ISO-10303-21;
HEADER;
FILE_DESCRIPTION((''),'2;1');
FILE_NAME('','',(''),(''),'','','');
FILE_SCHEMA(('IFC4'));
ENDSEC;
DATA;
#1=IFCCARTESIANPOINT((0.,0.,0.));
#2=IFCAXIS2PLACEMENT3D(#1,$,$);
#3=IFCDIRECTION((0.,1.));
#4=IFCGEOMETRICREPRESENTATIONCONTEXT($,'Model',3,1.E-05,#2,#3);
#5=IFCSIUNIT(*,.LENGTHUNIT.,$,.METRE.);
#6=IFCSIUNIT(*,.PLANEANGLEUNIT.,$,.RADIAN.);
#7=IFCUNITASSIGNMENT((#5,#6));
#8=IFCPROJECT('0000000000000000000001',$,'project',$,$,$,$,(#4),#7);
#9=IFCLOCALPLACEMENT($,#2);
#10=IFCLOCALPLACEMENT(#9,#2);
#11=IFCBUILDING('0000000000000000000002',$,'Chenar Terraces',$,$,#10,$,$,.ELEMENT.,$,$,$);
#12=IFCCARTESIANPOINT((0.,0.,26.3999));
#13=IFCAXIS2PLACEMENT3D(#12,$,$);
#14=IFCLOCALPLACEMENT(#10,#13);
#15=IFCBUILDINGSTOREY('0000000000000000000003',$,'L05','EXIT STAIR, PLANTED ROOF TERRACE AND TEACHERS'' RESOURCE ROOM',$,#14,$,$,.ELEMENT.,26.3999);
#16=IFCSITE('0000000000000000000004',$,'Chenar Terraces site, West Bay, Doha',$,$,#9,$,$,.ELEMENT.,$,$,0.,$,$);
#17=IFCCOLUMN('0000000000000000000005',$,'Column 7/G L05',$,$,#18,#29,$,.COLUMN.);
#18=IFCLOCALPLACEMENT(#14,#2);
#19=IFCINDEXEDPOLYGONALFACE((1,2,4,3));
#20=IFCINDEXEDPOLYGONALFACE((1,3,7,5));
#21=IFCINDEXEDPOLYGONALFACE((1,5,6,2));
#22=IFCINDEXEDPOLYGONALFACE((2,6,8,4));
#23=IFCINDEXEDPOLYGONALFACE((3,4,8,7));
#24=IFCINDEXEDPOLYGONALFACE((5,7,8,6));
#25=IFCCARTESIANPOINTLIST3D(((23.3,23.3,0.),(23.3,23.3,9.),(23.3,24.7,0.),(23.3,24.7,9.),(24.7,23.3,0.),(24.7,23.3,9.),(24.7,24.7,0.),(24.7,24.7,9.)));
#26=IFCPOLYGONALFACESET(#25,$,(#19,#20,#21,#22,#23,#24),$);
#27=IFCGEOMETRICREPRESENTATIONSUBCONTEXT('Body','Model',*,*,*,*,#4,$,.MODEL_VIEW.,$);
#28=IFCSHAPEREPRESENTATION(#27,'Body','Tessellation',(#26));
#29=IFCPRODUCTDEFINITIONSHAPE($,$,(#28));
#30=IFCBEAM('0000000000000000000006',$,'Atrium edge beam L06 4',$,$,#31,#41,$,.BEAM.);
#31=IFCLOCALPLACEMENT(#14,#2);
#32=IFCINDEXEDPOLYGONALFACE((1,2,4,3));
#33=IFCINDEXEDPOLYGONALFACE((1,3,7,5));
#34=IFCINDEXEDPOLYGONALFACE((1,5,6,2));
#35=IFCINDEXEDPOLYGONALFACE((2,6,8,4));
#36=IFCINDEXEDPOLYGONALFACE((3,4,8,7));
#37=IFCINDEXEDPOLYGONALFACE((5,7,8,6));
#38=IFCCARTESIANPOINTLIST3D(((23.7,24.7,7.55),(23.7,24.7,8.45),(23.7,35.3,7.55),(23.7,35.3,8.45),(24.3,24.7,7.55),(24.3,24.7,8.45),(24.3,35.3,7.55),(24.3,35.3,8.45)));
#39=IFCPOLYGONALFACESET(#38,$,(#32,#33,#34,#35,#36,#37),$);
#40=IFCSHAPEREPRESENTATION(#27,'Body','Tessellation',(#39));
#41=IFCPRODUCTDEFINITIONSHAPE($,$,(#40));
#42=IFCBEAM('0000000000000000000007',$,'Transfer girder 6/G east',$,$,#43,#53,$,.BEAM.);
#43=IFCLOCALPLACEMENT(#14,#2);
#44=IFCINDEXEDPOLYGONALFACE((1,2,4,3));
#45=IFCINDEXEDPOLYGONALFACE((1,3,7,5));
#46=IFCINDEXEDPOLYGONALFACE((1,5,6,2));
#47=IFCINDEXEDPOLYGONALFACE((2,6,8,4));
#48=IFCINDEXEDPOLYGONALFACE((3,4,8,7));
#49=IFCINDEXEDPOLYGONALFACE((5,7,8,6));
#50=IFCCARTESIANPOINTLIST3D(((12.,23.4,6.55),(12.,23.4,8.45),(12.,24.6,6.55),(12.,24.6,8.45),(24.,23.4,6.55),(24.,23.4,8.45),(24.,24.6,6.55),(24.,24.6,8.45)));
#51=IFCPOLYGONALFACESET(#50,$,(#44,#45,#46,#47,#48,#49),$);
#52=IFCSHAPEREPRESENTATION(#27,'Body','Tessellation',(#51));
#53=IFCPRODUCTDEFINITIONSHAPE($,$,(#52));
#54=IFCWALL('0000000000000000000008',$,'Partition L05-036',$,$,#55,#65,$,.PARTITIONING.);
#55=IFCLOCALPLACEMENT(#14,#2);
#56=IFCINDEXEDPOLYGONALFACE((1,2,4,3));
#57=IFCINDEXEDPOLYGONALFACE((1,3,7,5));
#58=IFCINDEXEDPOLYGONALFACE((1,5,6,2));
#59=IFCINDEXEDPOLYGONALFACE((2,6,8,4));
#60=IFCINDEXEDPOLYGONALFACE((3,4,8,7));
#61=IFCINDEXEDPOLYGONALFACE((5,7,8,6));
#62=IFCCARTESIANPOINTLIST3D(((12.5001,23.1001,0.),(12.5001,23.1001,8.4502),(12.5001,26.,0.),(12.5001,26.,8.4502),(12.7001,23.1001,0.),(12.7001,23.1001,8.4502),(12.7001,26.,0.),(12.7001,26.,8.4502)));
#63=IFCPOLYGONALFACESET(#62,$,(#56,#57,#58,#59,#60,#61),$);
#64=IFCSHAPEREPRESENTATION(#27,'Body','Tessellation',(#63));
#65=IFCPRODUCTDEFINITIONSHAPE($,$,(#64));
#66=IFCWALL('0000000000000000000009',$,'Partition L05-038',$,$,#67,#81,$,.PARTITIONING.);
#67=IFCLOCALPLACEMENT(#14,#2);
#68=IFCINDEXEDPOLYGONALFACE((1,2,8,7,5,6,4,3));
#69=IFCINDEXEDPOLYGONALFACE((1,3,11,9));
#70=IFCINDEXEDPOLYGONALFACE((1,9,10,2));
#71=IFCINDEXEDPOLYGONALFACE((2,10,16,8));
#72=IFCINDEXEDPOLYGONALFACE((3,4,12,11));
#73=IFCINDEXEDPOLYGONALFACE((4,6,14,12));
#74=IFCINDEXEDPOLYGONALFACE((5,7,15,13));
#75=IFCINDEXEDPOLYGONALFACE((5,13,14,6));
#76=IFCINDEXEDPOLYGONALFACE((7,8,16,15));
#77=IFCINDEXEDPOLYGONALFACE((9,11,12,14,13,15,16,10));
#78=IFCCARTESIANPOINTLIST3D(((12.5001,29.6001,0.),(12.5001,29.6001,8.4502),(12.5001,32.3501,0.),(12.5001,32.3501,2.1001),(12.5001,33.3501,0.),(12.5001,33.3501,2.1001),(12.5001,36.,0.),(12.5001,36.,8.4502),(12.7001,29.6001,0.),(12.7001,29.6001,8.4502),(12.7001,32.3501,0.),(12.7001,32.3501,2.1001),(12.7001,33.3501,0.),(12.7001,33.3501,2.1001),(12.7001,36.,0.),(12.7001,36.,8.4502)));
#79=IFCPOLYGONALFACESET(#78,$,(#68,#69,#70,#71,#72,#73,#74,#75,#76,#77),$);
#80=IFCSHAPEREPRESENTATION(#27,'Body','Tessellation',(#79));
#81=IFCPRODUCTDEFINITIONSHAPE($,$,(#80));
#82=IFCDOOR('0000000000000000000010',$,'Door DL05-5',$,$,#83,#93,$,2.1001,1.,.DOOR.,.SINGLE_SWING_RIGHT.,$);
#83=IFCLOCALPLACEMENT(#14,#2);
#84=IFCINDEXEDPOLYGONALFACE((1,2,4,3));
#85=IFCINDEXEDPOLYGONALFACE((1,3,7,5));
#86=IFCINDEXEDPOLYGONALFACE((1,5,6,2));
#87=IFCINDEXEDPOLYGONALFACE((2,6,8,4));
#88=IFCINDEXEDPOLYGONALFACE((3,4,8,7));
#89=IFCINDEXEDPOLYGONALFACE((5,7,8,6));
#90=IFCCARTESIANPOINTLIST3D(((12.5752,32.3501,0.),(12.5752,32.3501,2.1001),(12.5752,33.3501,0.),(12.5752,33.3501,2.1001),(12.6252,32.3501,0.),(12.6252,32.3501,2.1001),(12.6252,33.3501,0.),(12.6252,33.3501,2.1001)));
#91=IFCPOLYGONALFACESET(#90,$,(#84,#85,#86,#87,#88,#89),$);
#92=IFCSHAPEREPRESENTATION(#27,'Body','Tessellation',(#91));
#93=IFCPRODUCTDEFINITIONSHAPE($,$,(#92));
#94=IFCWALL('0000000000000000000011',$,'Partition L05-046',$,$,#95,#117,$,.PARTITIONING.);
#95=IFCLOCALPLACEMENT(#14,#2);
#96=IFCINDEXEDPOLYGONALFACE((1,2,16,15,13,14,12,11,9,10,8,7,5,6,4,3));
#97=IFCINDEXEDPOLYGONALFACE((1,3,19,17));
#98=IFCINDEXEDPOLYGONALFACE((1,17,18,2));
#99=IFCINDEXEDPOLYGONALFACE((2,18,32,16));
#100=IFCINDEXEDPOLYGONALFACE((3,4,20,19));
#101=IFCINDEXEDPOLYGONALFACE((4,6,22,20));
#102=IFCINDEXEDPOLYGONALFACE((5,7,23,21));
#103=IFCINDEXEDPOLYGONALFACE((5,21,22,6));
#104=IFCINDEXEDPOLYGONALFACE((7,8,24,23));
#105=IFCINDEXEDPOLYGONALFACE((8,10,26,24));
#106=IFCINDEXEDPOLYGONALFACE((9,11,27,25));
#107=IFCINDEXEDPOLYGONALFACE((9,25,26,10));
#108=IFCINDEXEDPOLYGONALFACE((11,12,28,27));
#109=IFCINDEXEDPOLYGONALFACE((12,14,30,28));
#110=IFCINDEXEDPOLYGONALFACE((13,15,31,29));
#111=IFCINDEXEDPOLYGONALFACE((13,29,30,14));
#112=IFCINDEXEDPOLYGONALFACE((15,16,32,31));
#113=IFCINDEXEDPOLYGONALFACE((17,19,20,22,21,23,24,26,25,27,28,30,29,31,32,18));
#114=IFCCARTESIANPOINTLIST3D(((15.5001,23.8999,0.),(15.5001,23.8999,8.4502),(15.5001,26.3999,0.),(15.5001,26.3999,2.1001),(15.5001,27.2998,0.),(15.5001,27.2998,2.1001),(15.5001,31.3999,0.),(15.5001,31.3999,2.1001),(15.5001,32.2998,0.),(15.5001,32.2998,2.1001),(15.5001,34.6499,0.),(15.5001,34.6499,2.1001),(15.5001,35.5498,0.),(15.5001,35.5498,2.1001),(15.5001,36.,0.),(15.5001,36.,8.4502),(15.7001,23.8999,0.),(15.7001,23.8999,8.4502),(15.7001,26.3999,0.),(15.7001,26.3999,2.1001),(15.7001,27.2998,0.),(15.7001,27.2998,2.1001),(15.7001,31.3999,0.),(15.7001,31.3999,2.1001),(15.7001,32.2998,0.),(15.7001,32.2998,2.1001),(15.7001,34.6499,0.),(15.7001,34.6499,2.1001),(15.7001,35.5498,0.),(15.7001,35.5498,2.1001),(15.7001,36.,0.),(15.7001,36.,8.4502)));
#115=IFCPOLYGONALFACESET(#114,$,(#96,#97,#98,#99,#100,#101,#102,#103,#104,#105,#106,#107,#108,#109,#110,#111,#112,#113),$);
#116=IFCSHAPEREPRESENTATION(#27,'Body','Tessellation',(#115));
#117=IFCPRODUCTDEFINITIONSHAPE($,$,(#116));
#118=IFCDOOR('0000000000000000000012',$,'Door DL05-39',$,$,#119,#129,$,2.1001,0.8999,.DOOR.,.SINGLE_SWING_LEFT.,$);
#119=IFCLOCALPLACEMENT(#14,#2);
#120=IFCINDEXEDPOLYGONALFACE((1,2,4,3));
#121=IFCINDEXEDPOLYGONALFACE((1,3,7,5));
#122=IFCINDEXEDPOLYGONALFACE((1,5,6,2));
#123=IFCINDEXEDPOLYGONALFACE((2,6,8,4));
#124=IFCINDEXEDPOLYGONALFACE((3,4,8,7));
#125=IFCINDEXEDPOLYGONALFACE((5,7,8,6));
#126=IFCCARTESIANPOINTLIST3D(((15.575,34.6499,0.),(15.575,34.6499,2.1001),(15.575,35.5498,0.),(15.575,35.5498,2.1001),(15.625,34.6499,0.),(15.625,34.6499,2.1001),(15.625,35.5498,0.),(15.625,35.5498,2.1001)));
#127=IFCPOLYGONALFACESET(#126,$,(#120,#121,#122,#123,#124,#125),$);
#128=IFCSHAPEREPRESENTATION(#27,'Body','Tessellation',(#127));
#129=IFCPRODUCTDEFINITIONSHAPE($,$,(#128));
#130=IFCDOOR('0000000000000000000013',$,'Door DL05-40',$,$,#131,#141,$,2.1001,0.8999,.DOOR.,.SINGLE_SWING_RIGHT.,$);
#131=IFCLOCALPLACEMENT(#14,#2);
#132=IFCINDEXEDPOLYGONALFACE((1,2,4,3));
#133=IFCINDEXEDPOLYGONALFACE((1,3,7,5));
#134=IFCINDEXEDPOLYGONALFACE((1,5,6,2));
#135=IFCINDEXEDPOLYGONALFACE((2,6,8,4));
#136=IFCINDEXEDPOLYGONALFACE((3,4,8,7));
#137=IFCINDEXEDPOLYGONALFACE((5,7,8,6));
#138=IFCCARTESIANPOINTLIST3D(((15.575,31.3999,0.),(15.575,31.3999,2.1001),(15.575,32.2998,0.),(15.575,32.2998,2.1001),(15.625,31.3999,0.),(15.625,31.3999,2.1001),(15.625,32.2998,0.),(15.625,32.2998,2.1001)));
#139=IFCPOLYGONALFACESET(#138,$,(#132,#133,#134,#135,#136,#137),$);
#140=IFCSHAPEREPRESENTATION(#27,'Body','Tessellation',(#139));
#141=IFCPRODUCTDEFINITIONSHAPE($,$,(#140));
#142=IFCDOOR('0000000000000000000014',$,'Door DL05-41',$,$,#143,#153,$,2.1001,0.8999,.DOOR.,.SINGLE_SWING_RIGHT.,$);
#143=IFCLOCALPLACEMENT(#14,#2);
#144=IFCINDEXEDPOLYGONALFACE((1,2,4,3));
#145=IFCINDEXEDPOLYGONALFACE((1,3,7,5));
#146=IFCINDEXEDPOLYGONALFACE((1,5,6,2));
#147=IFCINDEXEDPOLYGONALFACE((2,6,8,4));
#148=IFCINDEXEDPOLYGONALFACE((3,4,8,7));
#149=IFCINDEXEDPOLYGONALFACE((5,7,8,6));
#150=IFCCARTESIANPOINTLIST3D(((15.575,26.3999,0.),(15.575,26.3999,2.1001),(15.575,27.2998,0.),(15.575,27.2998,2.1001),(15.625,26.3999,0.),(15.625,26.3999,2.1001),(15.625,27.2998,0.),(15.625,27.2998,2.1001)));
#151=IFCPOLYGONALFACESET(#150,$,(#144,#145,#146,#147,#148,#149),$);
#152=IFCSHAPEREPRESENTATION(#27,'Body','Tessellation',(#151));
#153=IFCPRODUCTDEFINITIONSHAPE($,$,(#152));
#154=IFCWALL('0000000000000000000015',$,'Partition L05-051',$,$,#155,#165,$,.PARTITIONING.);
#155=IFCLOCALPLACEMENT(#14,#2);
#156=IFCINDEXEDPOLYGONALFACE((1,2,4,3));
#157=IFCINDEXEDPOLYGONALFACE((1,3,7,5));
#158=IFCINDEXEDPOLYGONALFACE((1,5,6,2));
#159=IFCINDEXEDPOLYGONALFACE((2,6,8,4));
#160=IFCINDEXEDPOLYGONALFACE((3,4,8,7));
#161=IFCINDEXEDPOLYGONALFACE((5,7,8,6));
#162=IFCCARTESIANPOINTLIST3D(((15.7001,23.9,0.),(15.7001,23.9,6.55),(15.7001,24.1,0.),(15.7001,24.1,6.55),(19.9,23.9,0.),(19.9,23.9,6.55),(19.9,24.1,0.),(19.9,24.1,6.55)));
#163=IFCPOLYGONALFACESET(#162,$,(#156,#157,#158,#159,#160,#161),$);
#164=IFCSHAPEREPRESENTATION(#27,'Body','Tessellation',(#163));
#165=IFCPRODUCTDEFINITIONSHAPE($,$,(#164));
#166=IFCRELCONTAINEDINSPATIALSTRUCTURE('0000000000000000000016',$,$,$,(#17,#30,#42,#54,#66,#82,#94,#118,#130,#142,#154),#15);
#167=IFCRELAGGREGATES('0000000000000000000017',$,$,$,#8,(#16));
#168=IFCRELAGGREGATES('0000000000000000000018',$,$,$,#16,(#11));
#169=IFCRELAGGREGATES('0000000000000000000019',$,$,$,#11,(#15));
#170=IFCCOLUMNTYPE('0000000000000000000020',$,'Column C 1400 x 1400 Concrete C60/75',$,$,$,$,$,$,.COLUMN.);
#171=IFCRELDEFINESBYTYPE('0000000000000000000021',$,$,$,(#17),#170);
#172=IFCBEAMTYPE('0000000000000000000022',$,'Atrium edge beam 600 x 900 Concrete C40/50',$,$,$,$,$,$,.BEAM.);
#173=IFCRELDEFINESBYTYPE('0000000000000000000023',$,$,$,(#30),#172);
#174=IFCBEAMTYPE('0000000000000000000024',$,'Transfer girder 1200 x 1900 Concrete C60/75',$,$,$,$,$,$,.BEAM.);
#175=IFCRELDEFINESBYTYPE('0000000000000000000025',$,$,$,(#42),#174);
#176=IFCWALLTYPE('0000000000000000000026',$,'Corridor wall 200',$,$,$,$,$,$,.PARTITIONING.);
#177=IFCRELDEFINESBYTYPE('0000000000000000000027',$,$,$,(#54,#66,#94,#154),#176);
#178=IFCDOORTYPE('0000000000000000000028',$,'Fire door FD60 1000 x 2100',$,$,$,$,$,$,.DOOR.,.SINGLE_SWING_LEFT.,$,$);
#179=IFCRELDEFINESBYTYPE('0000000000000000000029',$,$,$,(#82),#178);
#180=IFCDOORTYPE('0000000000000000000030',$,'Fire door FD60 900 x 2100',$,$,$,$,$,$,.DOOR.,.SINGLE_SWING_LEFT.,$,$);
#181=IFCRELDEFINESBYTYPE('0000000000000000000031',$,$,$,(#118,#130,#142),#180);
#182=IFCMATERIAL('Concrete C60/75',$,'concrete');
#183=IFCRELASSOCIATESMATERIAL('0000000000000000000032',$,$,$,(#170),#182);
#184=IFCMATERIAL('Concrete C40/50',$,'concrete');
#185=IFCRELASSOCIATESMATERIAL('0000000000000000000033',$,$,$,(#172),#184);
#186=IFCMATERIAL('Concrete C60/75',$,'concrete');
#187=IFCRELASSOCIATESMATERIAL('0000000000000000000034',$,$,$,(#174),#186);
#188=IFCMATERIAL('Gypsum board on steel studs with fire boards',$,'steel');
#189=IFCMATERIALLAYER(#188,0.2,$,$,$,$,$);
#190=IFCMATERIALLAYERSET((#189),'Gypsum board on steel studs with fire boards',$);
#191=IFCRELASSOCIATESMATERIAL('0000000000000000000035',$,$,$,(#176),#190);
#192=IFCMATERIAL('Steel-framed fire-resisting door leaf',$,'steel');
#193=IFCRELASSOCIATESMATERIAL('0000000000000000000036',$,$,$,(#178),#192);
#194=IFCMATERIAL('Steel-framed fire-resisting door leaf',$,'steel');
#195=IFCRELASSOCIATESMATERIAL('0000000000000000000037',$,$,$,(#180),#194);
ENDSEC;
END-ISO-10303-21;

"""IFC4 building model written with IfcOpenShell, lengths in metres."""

from ifc_helpers import new_model, si_unit, direction, frame, frame_2d, origin, origin_2d, place, context, subcontext, project, spatial, rectangle, extrude, material, layer, layer_set, material_profile, profile_set, type_object, element, fill, save


model = new_model("IFC4")

# Units and contexts
model_context = context("Model", 3, precision=1e-05, world=origin(), true_north=direction((0.0, 1.0)))
body_context = subcontext(model_context, "Body", "Model", "MODEL_VIEW")
ifc_project = project(units=[si_unit("LENGTHUNIT", "METRE"), si_unit("PLANEANGLEUNIT", "RADIAN")], contexts=[model_context])

# Site, building, storey
site_placement = place(None, origin())
site = spatial("IfcSite", under=ifc_project, at=site_placement, Name="Chenar Terraces site, West Bay, Doha", CompositionType="ELEMENT", RefElevation=0.0)
building_placement = place(site_placement, origin())
building = spatial("IfcBuilding", under=site, at=building_placement, Name="Chenar Terraces", CompositionType="ELEMENT")
storey_placement = place(building_placement, frame((0.0, 0.0, 26.3999)))
storey = spatial("IfcBuildingStorey", under=building, at=storey_placement, Name="L05", Description="EXIT STAIR, PLANTED ROOF TERRACE AND TEACHERS' RESOURCE ROOM", CompositionType="ELEMENT", Elevation=26.3999)

# Column
ifc_material_1 = material(Name="Concrete C60/75", Category="concrete")
ifc_material_profile_1 = material_profile(ifc_material_1, rectangle(XDim=1.3999, YDim=1.3999, at=origin_2d()), Name="C 1400 x 1400")
ifc_profile_set_1 = profile_set([ifc_material_profile_1], Name="Concrete C60/75")
column_type = type_object("IfcColumnType", Name="Column C 1400 x 1400 Concrete C60/75", PredefinedType="COLUMN", material=ifc_profile_set_1)
column_placement = place(storey_placement, frame((24.0, 24.0, 0.0), z_axis=(0.0, 0.0, 1.0), x_axis=(1.0, 0.0, 0.0)))
element("IfcColumn", 1, at=column_placement, inside=storey, type_object=column_type, Name="Column 7/G L05", PredefinedType="COLUMN", context=body_context, shape_type="SweptSolid", body=[
    extrude(rectangle(XDim=1.3999, YDim=1.3999, at=origin_2d()), origin(), (0.0, 0.0, 1.0), 9.0),
])

# Beams
ifc_material_2 = material(Name="Concrete C40/50", Category="concrete")
ifc_material_profile_2 = material_profile(ifc_material_2, rectangle(XDim=0.6001, YDim=0.8999, at=origin_2d()), Name="RC 600 x 900")
ifc_profile_set_2 = profile_set([ifc_material_profile_2], Name="Concrete C40/50")
beam_type_1 = type_object("IfcBeamType", Name="Atrium edge beam 600 x 900 Concrete C40/50", PredefinedType="BEAM", material=ifc_profile_set_2)
beam_1_placement = place(storey_placement, frame((24.0, 35.3, 8.0), z_axis=(0.0, -1.0, 0.0), x_axis=(1.0, 0.0, 0.0)))
element("IfcBeam", 2, at=beam_1_placement, inside=storey, type_object=beam_type_1, Name="Atrium edge beam L06 4", PredefinedType="BEAM", context=body_context, shape_type="SweptSolid", body=[
    extrude(rectangle(XDim=0.6001, YDim=0.8999, at=origin_2d()), origin(), (0.0, 0.0, 1.0), 10.6001),
])
ifc_material_3 = material(Name="Concrete C60/75", Category="concrete")
ifc_material_profile_3 = material_profile(ifc_material_3, rectangle(XDim=1.2, YDim=1.8999, at=origin_2d()), Name="RC 1200 x 1900")
ifc_profile_set_3 = profile_set([ifc_material_profile_3], Name="Concrete C60/75")
beam_type_2 = type_object("IfcBeamType", Name="Transfer girder 1200 x 1900 Concrete C60/75", PredefinedType="BEAM", material=ifc_profile_set_3)
beam_2_placement = place(storey_placement, frame((12.0, 24.0, 8.45), z_axis=(1.0, 0.0, 0.0), x_axis=(0.0, 1.0, 0.0)))
element("IfcBeam", 3, at=beam_2_placement, inside=storey, type_object=beam_type_2, Name="Transfer girder 6/G east", PredefinedType="BEAM", context=body_context, shape_type="SweptSolid", body=[
    extrude(rectangle(XDim=1.2, YDim=1.8999, at=frame_2d((0.0, -0.95))), origin(), (0.0, 0.0, 1.0), 12.0),
])

# Wall
ifc_material_4 = material(Name="Gypsum board on steel studs with fire boards", Category="steel")
ifc_layer_1 = layer(ifc_material_4, 0.2)
ifc_layer_set_1 = layer_set([ifc_layer_1], Name="Gypsum board on steel studs with fire boards")
wall_type_1 = type_object("IfcWallType", Name="Corridor wall 200", PredefinedType="PARTITIONING", material=ifc_layer_set_1)
wall_1_placement = place(storey_placement, frame((12.6001, 23.1001, 0.0), z_axis=(0.0, 0.0, 1.0), x_axis=(0.0, 1.0, 0.0)))
element("IfcWall", 4, at=wall_1_placement, inside=storey, type_object=wall_type_1, Name="Partition L05-036", PredefinedType="PARTITIONING", context=body_context, shape_type="SweptSolid", body=[
    extrude(rectangle(XDim=2.8999, YDim=0.2, at=frame_2d((1.45, 0.0))), origin(), (0.0, 0.0, 1.0), 8.4502),
])

# Wall, opening, door
wall_2_placement = place(storey_placement, frame((12.6001, 29.6001, 0.0), z_axis=(0.0, 0.0, 1.0), x_axis=(0.0, 1.0, 0.0)))
wall_2 = element("IfcWall", 5, at=wall_2_placement, inside=storey, type_object=wall_type_1, Name="Partition L05-038", PredefinedType="PARTITIONING", context=body_context, shape_type="SweptSolid", body=[
    extrude(rectangle(XDim=6.3999, YDim=0.2, at=frame_2d((3.2, 0.0))), origin(), (0.0, 0.0, 1.0), 8.4502),
])
opening_1_placement = place(wall_2_placement, frame((2.75, 0.0, 0.0)))
opening_1 = element("IfcOpeningElement", 6, at=opening_1_placement, cuts=wall_2, PredefinedType="OPENING", context=body_context, shape_type="SweptSolid", body=[
    extrude(rectangle(XDim=1.0, YDim=2.1001, at=frame_2d((0.5, 1.05))), frame((0.0, 0.1099, 0.0), z_axis=(0.0, -1.0, 0.0), x_axis=(1.0, 0.0, 0.0)), (0.0, 0.0, 1.0), 0.22),
])
ifc_material_5 = material(Name="Steel-framed fire-resisting door leaf", Category="steel")
door_type_1 = type_object("IfcDoorType", Name="Fire door FD60 1000 x 2100", OperationType="SINGLE_SWING_LEFT", PredefinedType="DOOR", material=ifc_material_5)
door_1_placement = place(opening_1_placement, origin())
door_1 = element("IfcDoor", 7, at=door_1_placement, inside=storey, type_object=door_type_1, Name="Door DL05-5", OperationType="SINGLE_SWING_RIGHT", OverallHeight=2.1001, OverallWidth=1.0, PredefinedType="DOOR", context=body_context, shape_type="SweptSolid", body=[
    extrude(rectangle(XDim=1.0, YDim=2.1001, at=frame_2d((0.5, 1.05))), frame((0.0, 0.0249, 0.0), z_axis=(0.0, -1.0, 0.0), x_axis=(1.0, 0.0, 0.0)), (0.0, 0.0, 1.0), 0.05),
])
fill(opening_1, door_1)

# Wall, openings, doors
wall_3_placement = place(storey_placement, frame((15.6001, 23.8999, 0.0), z_axis=(0.0, 0.0, 1.0), x_axis=(0.0, 1.0, 0.0)))
wall_3 = element("IfcWall", 8, at=wall_3_placement, inside=storey, type_object=wall_type_1, Name="Partition L05-046", PredefinedType="PARTITIONING", context=body_context, shape_type="SweptSolid", body=[
    extrude(rectangle(XDim=12.1001, YDim=0.2, at=frame_2d((6.05, 0.0))), origin(), (0.0, 0.0, 1.0), 8.4502),
])
opening_2_placement = place(wall_3_placement, frame((10.75, 0.0, 0.0)))
opening_2 = element("IfcOpeningElement", 9, at=opening_2_placement, cuts=wall_3, PredefinedType="OPENING", context=body_context, shape_type="SweptSolid", body=[
    extrude(rectangle(XDim=0.8999, YDim=2.1001, at=frame_2d((0.45, 1.05))), frame((0.0, 0.1099, 0.0), z_axis=(0.0, -1.0, 0.0), x_axis=(1.0, 0.0, 0.0)), (0.0, 0.0, 1.0), 0.22),
])
opening_3_placement = place(wall_3_placement, frame((7.5, 0.0, 0.0)))
opening_3 = element("IfcOpeningElement", 10, at=opening_3_placement, cuts=wall_3, PredefinedType="OPENING", context=body_context, shape_type="SweptSolid", body=[
    extrude(rectangle(XDim=0.8999, YDim=2.1001, at=frame_2d((0.45, 1.05))), frame((0.0, 0.1099, 0.0), z_axis=(0.0, -1.0, 0.0), x_axis=(1.0, 0.0, 0.0)), (0.0, 0.0, 1.0), 0.22),
])
opening_4_placement = place(wall_3_placement, frame((2.5, 0.0, 0.0)))
opening_4 = element("IfcOpeningElement", 11, at=opening_4_placement, cuts=wall_3, PredefinedType="OPENING", context=body_context, shape_type="SweptSolid", body=[
    extrude(rectangle(XDim=0.8999, YDim=2.1001, at=frame_2d((0.45, 1.05))), frame((0.0, 0.1099, 0.0), z_axis=(0.0, -1.0, 0.0), x_axis=(1.0, 0.0, 0.0)), (0.0, 0.0, 1.0), 0.22),
])
ifc_material_6 = material(Name="Steel-framed fire-resisting door leaf", Category="steel")
door_type_2 = type_object("IfcDoorType", Name="Fire door FD60 900 x 2100", OperationType="SINGLE_SWING_LEFT", PredefinedType="DOOR", material=ifc_material_6)
door_2_placement = place(opening_2_placement, frame((0.8999, 0.0, 0.0), z_axis=(0.0, 0.0, 1.0), x_axis=(-1.0, 0.0, 0.0)))
door_2 = element("IfcDoor", 12, at=door_2_placement, inside=storey, type_object=door_type_2, Name="Door DL05-39", OperationType="SINGLE_SWING_LEFT", OverallHeight=2.1001, OverallWidth=0.8999, PredefinedType="DOOR", context=body_context, shape_type="SweptSolid", body=[
    extrude(rectangle(XDim=0.8999, YDim=2.1001, at=frame_2d((0.45, 1.05))), frame((0.0, 0.0249, 0.0), z_axis=(0.0, -1.0, 0.0), x_axis=(1.0, 0.0, 0.0)), (0.0, 0.0, 1.0), 0.05),
])
fill(opening_2, door_2)
door_3_placement = place(opening_3_placement, frame((0.8999, 0.0, 0.0), z_axis=(0.0, 0.0, 1.0), x_axis=(-1.0, 0.0, 0.0)))
door_3 = element("IfcDoor", 13, at=door_3_placement, inside=storey, type_object=door_type_2, Name="Door DL05-40", OperationType="SINGLE_SWING_RIGHT", OverallHeight=2.1001, OverallWidth=0.8999, PredefinedType="DOOR", context=body_context, shape_type="SweptSolid", body=[
    extrude(rectangle(XDim=0.8999, YDim=2.1001, at=frame_2d((0.45, 1.05))), frame((0.0, 0.0249, 0.0), z_axis=(0.0, -1.0, 0.0), x_axis=(1.0, 0.0, 0.0)), (0.0, 0.0, 1.0), 0.05),
])
fill(opening_3, door_3)
door_4_placement = place(opening_4_placement, frame((0.8999, 0.0, 0.0), z_axis=(0.0, 0.0, 1.0), x_axis=(-1.0, 0.0, 0.0)))
door_4 = element("IfcDoor", 14, at=door_4_placement, inside=storey, type_object=door_type_2, Name="Door DL05-41", OperationType="SINGLE_SWING_RIGHT", OverallHeight=2.1001, OverallWidth=0.8999, PredefinedType="DOOR", context=body_context, shape_type="SweptSolid", body=[
    extrude(rectangle(XDim=0.8999, YDim=2.1001, at=frame_2d((0.45, 1.05))), frame((0.0, 0.0249, 0.0), z_axis=(0.0, -1.0, 0.0), x_axis=(1.0, 0.0, 0.0)), (0.0, 0.0, 1.0), 0.05),
])
fill(opening_4, door_4)

# Wall
wall_4_placement = place(storey_placement, frame((15.7, 24.0, 0.0), z_axis=(0.0, 0.0, 1.0), x_axis=(1.0, 0.0, 0.0)))
element("IfcWall", 15, at=wall_4_placement, inside=storey, type_object=wall_type_1, Name="Partition L05-051", PredefinedType="PARTITIONING", context=body_context, shape_type="SweptSolid", body=[
    extrude(rectangle(XDim=4.2, YDim=0.2, at=frame_2d((2.1001, 0.0))), origin(), (0.0, 0.0, 1.0), 6.55),
])

save(model, "model.ifc")
